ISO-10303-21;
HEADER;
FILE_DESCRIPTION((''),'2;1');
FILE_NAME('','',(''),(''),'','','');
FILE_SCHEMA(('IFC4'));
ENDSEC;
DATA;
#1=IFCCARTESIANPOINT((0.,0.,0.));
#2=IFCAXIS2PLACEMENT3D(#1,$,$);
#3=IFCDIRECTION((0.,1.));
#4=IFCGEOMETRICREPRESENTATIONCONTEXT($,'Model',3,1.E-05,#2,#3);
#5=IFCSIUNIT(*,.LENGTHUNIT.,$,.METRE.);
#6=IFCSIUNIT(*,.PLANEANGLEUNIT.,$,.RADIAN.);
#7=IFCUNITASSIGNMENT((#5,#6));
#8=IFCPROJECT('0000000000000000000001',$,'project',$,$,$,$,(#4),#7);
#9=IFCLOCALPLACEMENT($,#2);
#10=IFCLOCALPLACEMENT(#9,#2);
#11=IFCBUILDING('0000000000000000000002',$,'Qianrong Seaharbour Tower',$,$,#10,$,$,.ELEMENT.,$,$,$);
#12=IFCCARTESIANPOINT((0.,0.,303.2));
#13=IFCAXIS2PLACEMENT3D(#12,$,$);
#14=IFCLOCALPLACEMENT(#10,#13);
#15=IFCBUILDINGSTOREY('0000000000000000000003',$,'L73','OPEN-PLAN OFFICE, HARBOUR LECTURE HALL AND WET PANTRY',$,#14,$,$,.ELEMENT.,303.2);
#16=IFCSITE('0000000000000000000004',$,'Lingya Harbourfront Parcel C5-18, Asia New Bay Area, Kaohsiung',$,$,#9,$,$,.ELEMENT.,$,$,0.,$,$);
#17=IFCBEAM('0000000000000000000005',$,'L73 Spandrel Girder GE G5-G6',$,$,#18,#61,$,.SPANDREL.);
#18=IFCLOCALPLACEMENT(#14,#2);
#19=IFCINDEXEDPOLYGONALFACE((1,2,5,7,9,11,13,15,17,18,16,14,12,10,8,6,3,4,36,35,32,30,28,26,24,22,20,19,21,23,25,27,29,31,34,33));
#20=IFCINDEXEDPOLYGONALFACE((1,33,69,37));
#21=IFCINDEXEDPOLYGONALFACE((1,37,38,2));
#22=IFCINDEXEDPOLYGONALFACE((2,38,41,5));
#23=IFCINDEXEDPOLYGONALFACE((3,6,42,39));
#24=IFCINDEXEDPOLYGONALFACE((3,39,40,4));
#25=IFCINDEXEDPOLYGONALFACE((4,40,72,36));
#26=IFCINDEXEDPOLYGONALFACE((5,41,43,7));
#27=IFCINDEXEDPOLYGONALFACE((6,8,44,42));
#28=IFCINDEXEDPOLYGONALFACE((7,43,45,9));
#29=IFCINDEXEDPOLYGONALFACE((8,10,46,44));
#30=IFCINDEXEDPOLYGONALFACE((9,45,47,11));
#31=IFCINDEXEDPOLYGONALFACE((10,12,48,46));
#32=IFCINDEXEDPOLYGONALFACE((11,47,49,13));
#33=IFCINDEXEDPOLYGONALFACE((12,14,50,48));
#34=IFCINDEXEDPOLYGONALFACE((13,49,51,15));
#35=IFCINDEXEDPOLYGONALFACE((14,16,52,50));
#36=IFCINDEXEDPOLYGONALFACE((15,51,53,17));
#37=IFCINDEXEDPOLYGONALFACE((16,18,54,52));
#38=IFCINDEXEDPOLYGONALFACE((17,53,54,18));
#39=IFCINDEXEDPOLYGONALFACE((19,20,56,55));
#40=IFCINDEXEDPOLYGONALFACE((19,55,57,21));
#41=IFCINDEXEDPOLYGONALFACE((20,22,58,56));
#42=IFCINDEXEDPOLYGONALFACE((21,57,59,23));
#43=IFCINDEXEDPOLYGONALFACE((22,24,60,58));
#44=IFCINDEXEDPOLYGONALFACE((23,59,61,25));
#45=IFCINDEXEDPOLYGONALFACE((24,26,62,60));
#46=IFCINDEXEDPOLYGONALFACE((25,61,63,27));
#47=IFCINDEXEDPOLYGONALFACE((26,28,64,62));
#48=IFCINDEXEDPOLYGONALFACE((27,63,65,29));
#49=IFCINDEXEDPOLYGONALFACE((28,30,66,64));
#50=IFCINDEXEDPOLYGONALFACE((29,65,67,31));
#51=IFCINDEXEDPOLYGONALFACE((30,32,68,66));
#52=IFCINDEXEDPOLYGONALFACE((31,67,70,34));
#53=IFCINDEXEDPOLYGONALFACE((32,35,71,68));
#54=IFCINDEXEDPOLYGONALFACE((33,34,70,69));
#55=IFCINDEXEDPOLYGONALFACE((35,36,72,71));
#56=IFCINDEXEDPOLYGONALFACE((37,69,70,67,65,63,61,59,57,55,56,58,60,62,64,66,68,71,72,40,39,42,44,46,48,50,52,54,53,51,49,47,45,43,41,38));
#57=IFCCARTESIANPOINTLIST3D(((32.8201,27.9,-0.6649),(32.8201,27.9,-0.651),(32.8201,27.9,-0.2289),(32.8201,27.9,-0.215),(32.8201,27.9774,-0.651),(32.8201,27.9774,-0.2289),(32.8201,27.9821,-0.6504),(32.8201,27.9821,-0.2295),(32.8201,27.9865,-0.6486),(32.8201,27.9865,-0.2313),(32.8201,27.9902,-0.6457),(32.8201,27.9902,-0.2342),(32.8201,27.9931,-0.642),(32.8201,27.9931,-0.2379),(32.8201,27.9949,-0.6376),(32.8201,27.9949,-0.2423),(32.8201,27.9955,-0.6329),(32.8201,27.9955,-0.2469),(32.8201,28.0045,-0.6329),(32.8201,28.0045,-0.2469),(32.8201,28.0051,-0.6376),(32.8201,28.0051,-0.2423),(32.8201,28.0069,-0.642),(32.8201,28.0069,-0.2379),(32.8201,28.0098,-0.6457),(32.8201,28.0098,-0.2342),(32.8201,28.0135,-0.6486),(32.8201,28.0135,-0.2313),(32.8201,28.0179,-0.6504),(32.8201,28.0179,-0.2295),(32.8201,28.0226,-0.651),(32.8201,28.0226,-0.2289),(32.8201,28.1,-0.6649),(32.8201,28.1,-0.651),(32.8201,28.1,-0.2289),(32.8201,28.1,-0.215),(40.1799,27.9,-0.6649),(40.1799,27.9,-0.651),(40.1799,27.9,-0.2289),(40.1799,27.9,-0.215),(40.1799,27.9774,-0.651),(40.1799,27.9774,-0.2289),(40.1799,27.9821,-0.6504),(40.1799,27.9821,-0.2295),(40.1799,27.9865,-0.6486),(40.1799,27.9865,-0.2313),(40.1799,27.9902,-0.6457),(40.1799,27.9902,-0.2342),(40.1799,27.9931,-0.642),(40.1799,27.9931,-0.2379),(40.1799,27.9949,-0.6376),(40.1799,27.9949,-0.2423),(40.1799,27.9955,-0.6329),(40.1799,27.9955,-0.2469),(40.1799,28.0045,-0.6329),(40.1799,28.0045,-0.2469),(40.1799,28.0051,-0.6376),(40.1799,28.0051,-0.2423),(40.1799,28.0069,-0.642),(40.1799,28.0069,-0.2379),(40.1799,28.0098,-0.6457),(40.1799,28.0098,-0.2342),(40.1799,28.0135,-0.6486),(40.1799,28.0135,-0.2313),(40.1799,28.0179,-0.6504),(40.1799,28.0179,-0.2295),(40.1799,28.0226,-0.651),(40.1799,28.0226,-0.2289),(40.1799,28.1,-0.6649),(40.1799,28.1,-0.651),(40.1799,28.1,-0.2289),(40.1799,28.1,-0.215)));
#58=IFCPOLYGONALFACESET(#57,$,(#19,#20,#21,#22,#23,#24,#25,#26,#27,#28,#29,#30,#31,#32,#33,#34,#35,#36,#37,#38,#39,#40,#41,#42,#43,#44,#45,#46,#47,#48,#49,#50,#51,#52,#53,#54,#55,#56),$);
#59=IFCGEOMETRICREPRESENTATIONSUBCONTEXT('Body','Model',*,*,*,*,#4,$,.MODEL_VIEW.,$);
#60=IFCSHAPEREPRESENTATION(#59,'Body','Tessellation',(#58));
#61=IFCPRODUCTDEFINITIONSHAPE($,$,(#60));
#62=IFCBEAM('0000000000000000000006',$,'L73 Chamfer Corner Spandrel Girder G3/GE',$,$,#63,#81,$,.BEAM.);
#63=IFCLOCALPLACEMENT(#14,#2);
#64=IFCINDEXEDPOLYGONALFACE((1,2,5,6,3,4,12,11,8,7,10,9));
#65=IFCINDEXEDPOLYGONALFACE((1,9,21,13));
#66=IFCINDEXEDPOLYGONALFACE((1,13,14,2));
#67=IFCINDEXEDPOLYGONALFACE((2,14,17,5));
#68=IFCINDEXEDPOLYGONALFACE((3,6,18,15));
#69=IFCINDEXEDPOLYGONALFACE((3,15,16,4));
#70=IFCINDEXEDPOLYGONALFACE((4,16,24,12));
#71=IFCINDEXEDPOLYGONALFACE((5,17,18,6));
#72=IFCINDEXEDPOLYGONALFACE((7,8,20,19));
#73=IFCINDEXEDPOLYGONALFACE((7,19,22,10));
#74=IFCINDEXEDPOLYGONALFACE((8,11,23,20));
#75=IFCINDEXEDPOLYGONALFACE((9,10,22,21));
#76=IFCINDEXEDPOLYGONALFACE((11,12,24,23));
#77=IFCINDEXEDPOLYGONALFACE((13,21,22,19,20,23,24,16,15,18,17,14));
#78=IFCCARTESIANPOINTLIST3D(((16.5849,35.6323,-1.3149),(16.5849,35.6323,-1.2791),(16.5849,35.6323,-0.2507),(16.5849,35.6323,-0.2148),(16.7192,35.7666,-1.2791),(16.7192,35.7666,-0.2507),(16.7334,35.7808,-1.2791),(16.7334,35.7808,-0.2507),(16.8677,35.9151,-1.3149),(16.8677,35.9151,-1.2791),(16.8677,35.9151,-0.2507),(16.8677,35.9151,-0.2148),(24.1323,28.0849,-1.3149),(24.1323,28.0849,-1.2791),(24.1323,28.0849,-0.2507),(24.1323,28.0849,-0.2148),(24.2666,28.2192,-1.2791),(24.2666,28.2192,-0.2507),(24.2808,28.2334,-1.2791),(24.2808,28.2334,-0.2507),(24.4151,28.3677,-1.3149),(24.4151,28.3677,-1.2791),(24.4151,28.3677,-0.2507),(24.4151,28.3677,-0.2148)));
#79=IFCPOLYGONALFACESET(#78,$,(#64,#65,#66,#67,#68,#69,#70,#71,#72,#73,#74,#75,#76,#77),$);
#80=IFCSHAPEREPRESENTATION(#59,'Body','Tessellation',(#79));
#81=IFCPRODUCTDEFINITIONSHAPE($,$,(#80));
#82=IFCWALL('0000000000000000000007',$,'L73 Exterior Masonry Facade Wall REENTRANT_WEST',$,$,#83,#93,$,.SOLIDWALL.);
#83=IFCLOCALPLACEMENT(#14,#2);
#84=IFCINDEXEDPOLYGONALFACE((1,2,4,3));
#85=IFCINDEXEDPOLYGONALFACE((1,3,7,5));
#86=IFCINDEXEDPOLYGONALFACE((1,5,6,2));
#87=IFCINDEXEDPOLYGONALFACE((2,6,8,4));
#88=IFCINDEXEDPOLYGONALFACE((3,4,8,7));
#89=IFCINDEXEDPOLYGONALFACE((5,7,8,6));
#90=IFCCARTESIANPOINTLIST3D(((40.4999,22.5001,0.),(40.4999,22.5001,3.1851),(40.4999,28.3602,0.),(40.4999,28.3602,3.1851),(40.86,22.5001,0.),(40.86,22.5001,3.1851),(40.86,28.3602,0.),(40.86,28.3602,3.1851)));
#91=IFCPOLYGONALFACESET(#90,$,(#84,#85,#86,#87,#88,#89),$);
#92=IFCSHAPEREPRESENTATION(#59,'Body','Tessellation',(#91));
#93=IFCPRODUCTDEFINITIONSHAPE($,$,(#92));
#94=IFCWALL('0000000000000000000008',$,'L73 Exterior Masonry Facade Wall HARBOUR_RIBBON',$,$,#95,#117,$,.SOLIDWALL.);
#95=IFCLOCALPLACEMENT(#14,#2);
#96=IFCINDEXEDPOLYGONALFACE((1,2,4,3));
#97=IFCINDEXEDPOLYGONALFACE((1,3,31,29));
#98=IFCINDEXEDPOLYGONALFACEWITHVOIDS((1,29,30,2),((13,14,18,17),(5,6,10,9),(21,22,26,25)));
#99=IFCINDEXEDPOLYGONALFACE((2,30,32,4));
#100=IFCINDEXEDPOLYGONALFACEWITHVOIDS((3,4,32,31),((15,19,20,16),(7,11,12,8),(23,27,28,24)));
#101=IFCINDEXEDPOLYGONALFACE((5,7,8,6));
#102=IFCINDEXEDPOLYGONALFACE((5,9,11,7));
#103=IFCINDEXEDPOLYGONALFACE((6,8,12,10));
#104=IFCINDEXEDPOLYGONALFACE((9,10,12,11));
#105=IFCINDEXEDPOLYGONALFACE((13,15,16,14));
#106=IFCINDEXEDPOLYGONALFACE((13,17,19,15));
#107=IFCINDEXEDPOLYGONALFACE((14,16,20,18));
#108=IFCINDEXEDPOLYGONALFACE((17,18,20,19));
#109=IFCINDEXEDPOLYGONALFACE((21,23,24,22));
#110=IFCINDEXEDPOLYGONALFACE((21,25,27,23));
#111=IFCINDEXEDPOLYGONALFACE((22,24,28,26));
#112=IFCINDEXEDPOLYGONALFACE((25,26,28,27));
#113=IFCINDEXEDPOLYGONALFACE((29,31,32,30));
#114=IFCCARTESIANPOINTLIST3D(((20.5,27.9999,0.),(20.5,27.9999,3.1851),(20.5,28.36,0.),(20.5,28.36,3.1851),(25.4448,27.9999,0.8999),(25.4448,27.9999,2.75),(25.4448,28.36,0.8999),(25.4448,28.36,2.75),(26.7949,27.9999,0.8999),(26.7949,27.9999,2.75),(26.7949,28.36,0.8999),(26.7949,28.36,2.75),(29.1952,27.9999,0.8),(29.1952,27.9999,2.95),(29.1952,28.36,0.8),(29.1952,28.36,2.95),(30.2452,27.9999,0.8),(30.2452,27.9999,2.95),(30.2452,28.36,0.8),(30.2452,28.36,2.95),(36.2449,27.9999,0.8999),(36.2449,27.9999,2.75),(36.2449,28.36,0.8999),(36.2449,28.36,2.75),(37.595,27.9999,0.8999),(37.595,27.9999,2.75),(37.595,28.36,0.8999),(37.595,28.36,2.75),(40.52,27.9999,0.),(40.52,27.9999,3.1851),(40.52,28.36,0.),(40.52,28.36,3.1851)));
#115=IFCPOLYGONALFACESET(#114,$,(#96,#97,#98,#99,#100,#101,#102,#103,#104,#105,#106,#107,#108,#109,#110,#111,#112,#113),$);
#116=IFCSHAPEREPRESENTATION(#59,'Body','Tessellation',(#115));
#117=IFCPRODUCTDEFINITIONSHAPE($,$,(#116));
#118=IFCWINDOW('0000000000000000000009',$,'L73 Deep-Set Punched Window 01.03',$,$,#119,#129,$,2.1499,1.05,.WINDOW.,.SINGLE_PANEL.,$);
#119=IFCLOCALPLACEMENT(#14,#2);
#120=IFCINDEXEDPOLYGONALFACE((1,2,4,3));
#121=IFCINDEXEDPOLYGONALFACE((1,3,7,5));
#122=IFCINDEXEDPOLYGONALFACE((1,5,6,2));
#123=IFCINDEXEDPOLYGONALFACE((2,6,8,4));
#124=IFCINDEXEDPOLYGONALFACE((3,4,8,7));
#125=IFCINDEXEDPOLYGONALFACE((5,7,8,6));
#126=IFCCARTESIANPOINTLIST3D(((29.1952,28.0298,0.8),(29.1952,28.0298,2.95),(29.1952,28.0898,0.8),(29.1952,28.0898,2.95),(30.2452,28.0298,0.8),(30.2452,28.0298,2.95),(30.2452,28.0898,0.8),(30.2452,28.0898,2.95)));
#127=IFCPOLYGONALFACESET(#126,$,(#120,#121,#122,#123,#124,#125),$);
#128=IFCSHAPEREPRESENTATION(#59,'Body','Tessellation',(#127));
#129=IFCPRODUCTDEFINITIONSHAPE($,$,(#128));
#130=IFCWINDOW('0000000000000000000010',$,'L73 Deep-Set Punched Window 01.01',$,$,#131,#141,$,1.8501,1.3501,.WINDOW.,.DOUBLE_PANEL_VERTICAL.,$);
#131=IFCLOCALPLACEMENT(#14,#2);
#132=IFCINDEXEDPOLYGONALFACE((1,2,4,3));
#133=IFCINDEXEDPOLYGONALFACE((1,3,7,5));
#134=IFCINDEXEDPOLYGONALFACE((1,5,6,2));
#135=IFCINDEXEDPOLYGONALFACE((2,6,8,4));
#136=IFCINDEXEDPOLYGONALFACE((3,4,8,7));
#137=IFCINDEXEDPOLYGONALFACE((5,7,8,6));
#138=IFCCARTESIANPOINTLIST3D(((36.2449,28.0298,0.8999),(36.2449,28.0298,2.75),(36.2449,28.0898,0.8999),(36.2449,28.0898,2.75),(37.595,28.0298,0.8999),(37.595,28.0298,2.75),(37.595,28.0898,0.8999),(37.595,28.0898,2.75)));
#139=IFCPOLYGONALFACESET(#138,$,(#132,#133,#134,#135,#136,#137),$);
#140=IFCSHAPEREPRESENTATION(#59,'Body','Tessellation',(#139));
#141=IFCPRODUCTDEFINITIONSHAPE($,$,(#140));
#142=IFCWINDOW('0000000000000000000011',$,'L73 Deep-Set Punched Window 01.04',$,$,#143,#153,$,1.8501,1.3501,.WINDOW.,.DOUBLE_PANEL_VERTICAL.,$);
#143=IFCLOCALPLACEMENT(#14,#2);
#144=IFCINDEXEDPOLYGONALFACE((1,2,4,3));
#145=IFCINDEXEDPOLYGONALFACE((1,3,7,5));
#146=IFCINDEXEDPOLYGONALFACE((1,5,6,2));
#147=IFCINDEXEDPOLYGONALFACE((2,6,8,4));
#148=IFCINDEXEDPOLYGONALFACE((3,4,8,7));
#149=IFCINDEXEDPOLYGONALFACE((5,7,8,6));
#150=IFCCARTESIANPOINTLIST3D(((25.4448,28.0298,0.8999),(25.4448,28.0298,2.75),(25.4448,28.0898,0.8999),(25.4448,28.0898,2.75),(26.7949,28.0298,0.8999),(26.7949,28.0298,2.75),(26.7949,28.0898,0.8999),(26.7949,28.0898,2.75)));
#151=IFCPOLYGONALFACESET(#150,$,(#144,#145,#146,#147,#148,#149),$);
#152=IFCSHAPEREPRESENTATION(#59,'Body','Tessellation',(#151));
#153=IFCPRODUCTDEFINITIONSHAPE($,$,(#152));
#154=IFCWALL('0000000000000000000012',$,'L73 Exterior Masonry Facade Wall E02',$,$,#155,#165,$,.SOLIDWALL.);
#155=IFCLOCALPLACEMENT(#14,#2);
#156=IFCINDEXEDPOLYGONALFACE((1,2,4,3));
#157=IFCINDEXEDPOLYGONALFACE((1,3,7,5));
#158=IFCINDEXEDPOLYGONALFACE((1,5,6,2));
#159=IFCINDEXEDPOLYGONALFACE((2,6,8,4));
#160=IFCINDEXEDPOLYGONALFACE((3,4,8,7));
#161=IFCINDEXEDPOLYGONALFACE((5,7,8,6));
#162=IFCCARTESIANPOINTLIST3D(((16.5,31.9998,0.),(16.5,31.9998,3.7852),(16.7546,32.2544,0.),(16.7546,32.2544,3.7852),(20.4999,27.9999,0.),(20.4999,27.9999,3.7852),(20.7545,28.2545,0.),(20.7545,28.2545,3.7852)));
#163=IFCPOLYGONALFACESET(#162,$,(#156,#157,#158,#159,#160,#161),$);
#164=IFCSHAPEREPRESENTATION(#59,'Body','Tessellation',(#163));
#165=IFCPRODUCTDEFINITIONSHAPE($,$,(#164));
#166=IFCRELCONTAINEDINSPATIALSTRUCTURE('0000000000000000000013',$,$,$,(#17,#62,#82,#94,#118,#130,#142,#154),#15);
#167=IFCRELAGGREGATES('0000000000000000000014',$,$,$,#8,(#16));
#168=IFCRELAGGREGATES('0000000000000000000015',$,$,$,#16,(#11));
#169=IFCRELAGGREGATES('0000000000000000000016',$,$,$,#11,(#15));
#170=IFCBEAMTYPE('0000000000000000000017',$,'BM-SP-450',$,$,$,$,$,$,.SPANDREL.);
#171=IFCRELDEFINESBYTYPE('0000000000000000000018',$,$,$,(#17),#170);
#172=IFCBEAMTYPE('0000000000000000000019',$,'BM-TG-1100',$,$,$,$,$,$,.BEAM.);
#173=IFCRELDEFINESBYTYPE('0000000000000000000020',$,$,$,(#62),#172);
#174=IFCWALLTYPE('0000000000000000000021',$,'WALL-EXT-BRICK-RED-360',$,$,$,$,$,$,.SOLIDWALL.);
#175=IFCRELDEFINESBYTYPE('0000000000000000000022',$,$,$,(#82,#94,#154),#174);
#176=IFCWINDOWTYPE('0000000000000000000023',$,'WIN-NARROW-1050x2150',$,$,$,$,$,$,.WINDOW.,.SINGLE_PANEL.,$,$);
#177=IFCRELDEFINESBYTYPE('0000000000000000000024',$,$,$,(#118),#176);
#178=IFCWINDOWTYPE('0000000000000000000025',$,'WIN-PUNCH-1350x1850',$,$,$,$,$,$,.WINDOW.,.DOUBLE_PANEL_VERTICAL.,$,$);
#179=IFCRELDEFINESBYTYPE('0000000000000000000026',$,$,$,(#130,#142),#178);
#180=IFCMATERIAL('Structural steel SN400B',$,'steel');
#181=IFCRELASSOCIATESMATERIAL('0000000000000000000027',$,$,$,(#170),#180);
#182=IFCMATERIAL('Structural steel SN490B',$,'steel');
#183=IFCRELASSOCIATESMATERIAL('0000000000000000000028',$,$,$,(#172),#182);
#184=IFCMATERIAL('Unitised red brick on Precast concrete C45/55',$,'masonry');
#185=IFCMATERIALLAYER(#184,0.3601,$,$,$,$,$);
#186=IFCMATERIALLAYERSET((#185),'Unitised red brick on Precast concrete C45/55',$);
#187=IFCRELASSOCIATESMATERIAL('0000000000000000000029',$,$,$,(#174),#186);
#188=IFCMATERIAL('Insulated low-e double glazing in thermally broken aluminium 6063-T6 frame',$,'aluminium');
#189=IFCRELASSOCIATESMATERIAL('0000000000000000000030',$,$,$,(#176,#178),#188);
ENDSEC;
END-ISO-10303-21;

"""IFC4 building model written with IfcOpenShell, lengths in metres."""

from ifc_helpers import new_model, si_unit, direction, frame, frame_2d, origin, origin_2d, place, context, subcontext, project, spatial, rectangle, i_section, extrude, material, layer, layer_set, material_profile, profile_set, type_object, element, fill, save


model = new_model("IFC4")

# Units and contexts
model_context = context("Model", 3, precision=1e-05, world=origin(), true_north=direction((0.0, 1.0)))
body_context = subcontext(model_context, "Body", "Model", "MODEL_VIEW")
ifc_project = project(units=[si_unit("LENGTHUNIT", "METRE"), si_unit("PLANEANGLEUNIT", "RADIAN")], contexts=[model_context])

# Site, building, storey
site_placement = place(None, origin())
site = spatial("IfcSite", under=ifc_project, at=site_placement, Name="Lingya Harbourfront Parcel C5-18, Asia New Bay Area, Kaohsiung", CompositionType="ELEMENT", RefElevation=0.0)
building_placement = place(site_placement, origin())
building = spatial("IfcBuilding", under=site, at=building_placement, Name="Qianrong Seaharbour Tower", CompositionType="ELEMENT")
storey_placement = place(building_placement, frame((0.0, 0.0, 303.2)))
storey = spatial("IfcBuildingStorey", under=building, at=storey_placement, Name="L73", Description="OPEN-PLAN OFFICE, HARBOUR LECTURE HALL AND WET PANTRY", CompositionType="ELEMENT", Elevation=303.2)

# Shared definitions
ifc_material_1 = material(Name="Structural steel SN490B", Category="steel")
ifc_material_2 = material(Name="Structural steel SN400B", Category="steel")

# Beams
ifc_material_profile_1 = material_profile(ifc_material_2, i_section(OverallWidth=0.2, OverallDepth=0.45, WebThickness=0.009, FlangeThickness=0.0139, FilletRadius=0.0181, at=origin_2d()), Name="H450x200x9x14")
ifc_profile_set_1 = profile_set([ifc_material_profile_1], Name="Structural steel SN400B")
beam_type_1 = type_object("IfcBeamType", Name="BM-SP-450", PredefinedType="SPANDREL", material=ifc_profile_set_1)
for number, where, z_axis, x_axis, name in (
    (1, (32.8201, 28.0, -0.4399), (1.0, 0.0, 0.0), (0.0, 1.0, 0.0), "L73 Spandrel Girder GE G5-G6"),
):
    element("IfcBeam", number, at=place(storey_placement, frame(where, z_axis=z_axis, x_axis=x_axis)), inside=storey, type_object=beam_type_1, Name=name, PredefinedType="SPANDREL", context=body_context, shape_type="SweptSolid", body=[
        extrude(i_section(OverallWidth=0.2, OverallDepth=0.45, WebThickness=0.009, FlangeThickness=0.0139, FilletRadius=0.0181, at=origin_2d()), origin(), (0.0, 0.0, 1.0), 7.3599),
    ])
ifc_material_profile_2 = material_profile(ifc_material_1, i_section(OverallWidth=0.3999, OverallDepth=1.1001, WebThickness=0.02, FlangeThickness=0.0359, at=origin_2d()), Name="BH1100x400x20x36")
ifc_profile_set_2 = profile_set([ifc_material_profile_2], Name="Structural steel SN490B")
beam_type_2 = type_object("IfcBeamType", Name="BM-TG-1100", PredefinedType="BEAM", material=ifc_profile_set_2)
beam_placement = place(storey_placement, frame((24.2737, 28.2263, -0.7649), z_axis=(-0.707107, 0.707107, 0.0), x_axis=(-0.707107, -0.707107, 0.0)))
element("IfcBeam", 2, at=beam_placement, inside=storey, type_object=beam_type_2, Name="L73 Chamfer Corner Spandrel Girder G3/GE", PredefinedType="BEAM", context=body_context, shape_type="SweptSolid", body=[
    extrude(i_section(OverallWidth=0.3999, OverallDepth=1.1001, WebThickness=0.02, FlangeThickness=0.0359, at=origin_2d()), origin(), (0.0, 0.0, 1.0), 10.6736),
])

# Wall
ifc_material_3 = material(Name="Unitised red brick on Precast concrete C45/55", Category="masonry")
ifc_layer_1 = layer(ifc_material_3, 0.3601)
ifc_layer_set_1 = layer_set([ifc_layer_1], Name="Unitised red brick on Precast concrete C45/55")
wall_type_1 = type_object("IfcWallType", Name="WALL-EXT-BRICK-RED-360", PredefinedType="SOLIDWALL", material=ifc_layer_set_1)
wall_1_placement = place(storey_placement, frame((40.6799, 22.5, 0.0), z_axis=(0.0, 0.0, 1.0), x_axis=(0.0, 1.0, 0.0)))
element("IfcWall", 3, at=wall_1_placement, inside=storey, type_object=wall_type_1, Name="L73 Exterior Masonry Facade Wall REENTRANT_WEST", PredefinedType="SOLIDWALL", context=body_context, shape_type="SweptSolid", body=[
    extrude(rectangle(XDim=5.8601, YDim=0.3601, at=frame_2d((2.9302, 0.0))), origin(), (0.0, 0.0, 1.0), 3.1851),
])

# Wall, openings, windows
wall_2_placement = place(storey_placement, frame((40.52, 28.1799, 0.0), z_axis=(0.0, 0.0, 1.0), x_axis=(-1.0, 0.0, 0.0)))
wall_2 = element("IfcWall", 4, at=wall_2_placement, inside=storey, type_object=wall_type_1, Name="L73 Exterior Masonry Facade Wall HARBOUR_RIBBON", PredefinedType="SOLIDWALL", context=body_context, shape_type="SweptSolid", body=[
    extrude(rectangle(XDim=20.02, YDim=0.3601, at=frame_2d((10.01, 0.0))), origin(), (0.0, 0.0, 1.0), 3.1851),
])
opening_1_placement = place(wall_2_placement, frame((2.925, 0.0, 0.8999)))
opening_1 = element("IfcOpeningElement", 5, at=opening_1_placement, cuts=wall_2, PredefinedType="OPENING", context=body_context, shape_type="SweptSolid", body=[
    extrude(rectangle(XDim=1.3501, YDim=1.8501, at=frame_2d((0.675, 0.925))), frame((0.0, 0.1899, 0.0), z_axis=(0.0, -1.0, 0.0), x_axis=(1.0, 0.0, 0.0)), (0.0, 0.0, 1.0), 0.3801),
])
opening_2_placement = place(wall_2_placement, frame((10.2749, 0.0, 0.8)))
opening_2 = element("IfcOpeningElement", 6, at=opening_2_placement, cuts=wall_2, PredefinedType="OPENING", context=body_context, shape_type="SweptSolid", body=[
    extrude(rectangle(XDim=1.05, YDim=2.1499, at=frame_2d((0.5249, 1.075))), frame((0.0, 0.1899, 0.0), z_axis=(0.0, -1.0, 0.0), x_axis=(1.0, 0.0, 0.0)), (0.0, 0.0, 1.0), 0.3801),
])
opening_3_placement = place(wall_2_placement, frame((13.7251, 0.0, 0.8999)))
opening_3 = element("IfcOpeningElement", 7, at=opening_3_placement, cuts=wall_2, PredefinedType="OPENING", context=body_context, shape_type="SweptSolid", body=[
    extrude(rectangle(XDim=1.3501, YDim=1.8501, at=frame_2d((0.675, 0.925))), frame((0.0, 0.1899, 0.0), z_axis=(0.0, -1.0, 0.0), x_axis=(1.0, 0.0, 0.0)), (0.0, 0.0, 1.0), 0.3801),
])
ifc_material_4 = material(Name="Insulated low-e double glazing in thermally broken aluminium 6063-T6 frame", Category="aluminium")
window_type_1 = type_object("IfcWindowType", Name="WIN-NARROW-1050x2150", PartitioningType="SINGLE_PANEL", PredefinedType="WINDOW", material=ifc_material_4)
window_1_placement = place(opening_2_placement, origin())
window_1 = element("IfcWindow", 8, at=window_1_placement, inside=storey, type_object=window_type_1, Name="L73 Deep-Set Punched Window 01.03", OverallHeight=2.1499, OverallWidth=1.05, PartitioningType="SINGLE_PANEL", PredefinedType="WINDOW", context=body_context, shape_type="SweptSolid", body=[
    extrude(rectangle(XDim=1.05, YDim=2.1499, at=frame_2d((0.5249, 1.075))), frame((0.0, 0.1501, 0.0), z_axis=(0.0, -1.0, 0.0), x_axis=(1.0, 0.0, 0.0)), (0.0, 0.0, 1.0), 0.0601),
])
fill(opening_2, window_1)
window_type_2 = type_object("IfcWindowType", Name="WIN-PUNCH-1350x1850", PartitioningType="DOUBLE_PANEL_VERTICAL", PredefinedType="WINDOW", material=ifc_material_4)
window_2_placement = place(opening_1_placement, origin())
window_2 = element("IfcWindow", 9, at=window_2_placement, inside=storey, type_object=window_type_2, Name="L73 Deep-Set Punched Window 01.01", OverallHeight=1.8501, OverallWidth=1.3501, PartitioningType="DOUBLE_PANEL_VERTICAL", PredefinedType="WINDOW", context=body_context, shape_type="SweptSolid", body=[
    extrude(rectangle(XDim=1.3501, YDim=1.8501, at=frame_2d((0.675, 0.925))), frame((0.0, 0.1501, 0.0), z_axis=(0.0, -1.0, 0.0), x_axis=(1.0, 0.0, 0.0)), (0.0, 0.0, 1.0), 0.0601),
])
fill(opening_1, window_2)
window_3_placement = place(opening_3_placement, origin())
window_3 = element("IfcWindow", 10, at=window_3_placement, inside=storey, type_object=window_type_2, Name="L73 Deep-Set Punched Window 01.04", OverallHeight=1.8501, OverallWidth=1.3501, PartitioningType="DOUBLE_PANEL_VERTICAL", PredefinedType="WINDOW", context=body_context, shape_type="SweptSolid", body=[
    extrude(rectangle(XDim=1.3501, YDim=1.8501, at=frame_2d((0.675, 0.925))), frame((0.0, 0.1501, 0.0), z_axis=(0.0, -1.0, 0.0), x_axis=(1.0, 0.0, 0.0)), (0.0, 0.0, 1.0), 0.0601),
])
fill(opening_3, window_3)

# Wall
wall_3_placement = place(storey_placement, frame((20.6272, 28.1272, 0.0), z_axis=(0.0, 0.0, 1.0), x_axis=(-0.707107, 0.707107, 0.0)))
element("IfcWall", 11, at=wall_3_placement, inside=storey, type_object=wall_type_1, Name="L73 Exterior Masonry Facade Wall E02", PredefinedType="SOLIDWALL", context=body_context, shape_type="SweptSolid", body=[
    extrude(rectangle(XDim=5.6567, YDim=0.3601, at=frame_2d((2.8284, 0.0))), origin(), (0.0, 0.0, 1.0), 3.7852),
])

save(model, "model.ifc")
